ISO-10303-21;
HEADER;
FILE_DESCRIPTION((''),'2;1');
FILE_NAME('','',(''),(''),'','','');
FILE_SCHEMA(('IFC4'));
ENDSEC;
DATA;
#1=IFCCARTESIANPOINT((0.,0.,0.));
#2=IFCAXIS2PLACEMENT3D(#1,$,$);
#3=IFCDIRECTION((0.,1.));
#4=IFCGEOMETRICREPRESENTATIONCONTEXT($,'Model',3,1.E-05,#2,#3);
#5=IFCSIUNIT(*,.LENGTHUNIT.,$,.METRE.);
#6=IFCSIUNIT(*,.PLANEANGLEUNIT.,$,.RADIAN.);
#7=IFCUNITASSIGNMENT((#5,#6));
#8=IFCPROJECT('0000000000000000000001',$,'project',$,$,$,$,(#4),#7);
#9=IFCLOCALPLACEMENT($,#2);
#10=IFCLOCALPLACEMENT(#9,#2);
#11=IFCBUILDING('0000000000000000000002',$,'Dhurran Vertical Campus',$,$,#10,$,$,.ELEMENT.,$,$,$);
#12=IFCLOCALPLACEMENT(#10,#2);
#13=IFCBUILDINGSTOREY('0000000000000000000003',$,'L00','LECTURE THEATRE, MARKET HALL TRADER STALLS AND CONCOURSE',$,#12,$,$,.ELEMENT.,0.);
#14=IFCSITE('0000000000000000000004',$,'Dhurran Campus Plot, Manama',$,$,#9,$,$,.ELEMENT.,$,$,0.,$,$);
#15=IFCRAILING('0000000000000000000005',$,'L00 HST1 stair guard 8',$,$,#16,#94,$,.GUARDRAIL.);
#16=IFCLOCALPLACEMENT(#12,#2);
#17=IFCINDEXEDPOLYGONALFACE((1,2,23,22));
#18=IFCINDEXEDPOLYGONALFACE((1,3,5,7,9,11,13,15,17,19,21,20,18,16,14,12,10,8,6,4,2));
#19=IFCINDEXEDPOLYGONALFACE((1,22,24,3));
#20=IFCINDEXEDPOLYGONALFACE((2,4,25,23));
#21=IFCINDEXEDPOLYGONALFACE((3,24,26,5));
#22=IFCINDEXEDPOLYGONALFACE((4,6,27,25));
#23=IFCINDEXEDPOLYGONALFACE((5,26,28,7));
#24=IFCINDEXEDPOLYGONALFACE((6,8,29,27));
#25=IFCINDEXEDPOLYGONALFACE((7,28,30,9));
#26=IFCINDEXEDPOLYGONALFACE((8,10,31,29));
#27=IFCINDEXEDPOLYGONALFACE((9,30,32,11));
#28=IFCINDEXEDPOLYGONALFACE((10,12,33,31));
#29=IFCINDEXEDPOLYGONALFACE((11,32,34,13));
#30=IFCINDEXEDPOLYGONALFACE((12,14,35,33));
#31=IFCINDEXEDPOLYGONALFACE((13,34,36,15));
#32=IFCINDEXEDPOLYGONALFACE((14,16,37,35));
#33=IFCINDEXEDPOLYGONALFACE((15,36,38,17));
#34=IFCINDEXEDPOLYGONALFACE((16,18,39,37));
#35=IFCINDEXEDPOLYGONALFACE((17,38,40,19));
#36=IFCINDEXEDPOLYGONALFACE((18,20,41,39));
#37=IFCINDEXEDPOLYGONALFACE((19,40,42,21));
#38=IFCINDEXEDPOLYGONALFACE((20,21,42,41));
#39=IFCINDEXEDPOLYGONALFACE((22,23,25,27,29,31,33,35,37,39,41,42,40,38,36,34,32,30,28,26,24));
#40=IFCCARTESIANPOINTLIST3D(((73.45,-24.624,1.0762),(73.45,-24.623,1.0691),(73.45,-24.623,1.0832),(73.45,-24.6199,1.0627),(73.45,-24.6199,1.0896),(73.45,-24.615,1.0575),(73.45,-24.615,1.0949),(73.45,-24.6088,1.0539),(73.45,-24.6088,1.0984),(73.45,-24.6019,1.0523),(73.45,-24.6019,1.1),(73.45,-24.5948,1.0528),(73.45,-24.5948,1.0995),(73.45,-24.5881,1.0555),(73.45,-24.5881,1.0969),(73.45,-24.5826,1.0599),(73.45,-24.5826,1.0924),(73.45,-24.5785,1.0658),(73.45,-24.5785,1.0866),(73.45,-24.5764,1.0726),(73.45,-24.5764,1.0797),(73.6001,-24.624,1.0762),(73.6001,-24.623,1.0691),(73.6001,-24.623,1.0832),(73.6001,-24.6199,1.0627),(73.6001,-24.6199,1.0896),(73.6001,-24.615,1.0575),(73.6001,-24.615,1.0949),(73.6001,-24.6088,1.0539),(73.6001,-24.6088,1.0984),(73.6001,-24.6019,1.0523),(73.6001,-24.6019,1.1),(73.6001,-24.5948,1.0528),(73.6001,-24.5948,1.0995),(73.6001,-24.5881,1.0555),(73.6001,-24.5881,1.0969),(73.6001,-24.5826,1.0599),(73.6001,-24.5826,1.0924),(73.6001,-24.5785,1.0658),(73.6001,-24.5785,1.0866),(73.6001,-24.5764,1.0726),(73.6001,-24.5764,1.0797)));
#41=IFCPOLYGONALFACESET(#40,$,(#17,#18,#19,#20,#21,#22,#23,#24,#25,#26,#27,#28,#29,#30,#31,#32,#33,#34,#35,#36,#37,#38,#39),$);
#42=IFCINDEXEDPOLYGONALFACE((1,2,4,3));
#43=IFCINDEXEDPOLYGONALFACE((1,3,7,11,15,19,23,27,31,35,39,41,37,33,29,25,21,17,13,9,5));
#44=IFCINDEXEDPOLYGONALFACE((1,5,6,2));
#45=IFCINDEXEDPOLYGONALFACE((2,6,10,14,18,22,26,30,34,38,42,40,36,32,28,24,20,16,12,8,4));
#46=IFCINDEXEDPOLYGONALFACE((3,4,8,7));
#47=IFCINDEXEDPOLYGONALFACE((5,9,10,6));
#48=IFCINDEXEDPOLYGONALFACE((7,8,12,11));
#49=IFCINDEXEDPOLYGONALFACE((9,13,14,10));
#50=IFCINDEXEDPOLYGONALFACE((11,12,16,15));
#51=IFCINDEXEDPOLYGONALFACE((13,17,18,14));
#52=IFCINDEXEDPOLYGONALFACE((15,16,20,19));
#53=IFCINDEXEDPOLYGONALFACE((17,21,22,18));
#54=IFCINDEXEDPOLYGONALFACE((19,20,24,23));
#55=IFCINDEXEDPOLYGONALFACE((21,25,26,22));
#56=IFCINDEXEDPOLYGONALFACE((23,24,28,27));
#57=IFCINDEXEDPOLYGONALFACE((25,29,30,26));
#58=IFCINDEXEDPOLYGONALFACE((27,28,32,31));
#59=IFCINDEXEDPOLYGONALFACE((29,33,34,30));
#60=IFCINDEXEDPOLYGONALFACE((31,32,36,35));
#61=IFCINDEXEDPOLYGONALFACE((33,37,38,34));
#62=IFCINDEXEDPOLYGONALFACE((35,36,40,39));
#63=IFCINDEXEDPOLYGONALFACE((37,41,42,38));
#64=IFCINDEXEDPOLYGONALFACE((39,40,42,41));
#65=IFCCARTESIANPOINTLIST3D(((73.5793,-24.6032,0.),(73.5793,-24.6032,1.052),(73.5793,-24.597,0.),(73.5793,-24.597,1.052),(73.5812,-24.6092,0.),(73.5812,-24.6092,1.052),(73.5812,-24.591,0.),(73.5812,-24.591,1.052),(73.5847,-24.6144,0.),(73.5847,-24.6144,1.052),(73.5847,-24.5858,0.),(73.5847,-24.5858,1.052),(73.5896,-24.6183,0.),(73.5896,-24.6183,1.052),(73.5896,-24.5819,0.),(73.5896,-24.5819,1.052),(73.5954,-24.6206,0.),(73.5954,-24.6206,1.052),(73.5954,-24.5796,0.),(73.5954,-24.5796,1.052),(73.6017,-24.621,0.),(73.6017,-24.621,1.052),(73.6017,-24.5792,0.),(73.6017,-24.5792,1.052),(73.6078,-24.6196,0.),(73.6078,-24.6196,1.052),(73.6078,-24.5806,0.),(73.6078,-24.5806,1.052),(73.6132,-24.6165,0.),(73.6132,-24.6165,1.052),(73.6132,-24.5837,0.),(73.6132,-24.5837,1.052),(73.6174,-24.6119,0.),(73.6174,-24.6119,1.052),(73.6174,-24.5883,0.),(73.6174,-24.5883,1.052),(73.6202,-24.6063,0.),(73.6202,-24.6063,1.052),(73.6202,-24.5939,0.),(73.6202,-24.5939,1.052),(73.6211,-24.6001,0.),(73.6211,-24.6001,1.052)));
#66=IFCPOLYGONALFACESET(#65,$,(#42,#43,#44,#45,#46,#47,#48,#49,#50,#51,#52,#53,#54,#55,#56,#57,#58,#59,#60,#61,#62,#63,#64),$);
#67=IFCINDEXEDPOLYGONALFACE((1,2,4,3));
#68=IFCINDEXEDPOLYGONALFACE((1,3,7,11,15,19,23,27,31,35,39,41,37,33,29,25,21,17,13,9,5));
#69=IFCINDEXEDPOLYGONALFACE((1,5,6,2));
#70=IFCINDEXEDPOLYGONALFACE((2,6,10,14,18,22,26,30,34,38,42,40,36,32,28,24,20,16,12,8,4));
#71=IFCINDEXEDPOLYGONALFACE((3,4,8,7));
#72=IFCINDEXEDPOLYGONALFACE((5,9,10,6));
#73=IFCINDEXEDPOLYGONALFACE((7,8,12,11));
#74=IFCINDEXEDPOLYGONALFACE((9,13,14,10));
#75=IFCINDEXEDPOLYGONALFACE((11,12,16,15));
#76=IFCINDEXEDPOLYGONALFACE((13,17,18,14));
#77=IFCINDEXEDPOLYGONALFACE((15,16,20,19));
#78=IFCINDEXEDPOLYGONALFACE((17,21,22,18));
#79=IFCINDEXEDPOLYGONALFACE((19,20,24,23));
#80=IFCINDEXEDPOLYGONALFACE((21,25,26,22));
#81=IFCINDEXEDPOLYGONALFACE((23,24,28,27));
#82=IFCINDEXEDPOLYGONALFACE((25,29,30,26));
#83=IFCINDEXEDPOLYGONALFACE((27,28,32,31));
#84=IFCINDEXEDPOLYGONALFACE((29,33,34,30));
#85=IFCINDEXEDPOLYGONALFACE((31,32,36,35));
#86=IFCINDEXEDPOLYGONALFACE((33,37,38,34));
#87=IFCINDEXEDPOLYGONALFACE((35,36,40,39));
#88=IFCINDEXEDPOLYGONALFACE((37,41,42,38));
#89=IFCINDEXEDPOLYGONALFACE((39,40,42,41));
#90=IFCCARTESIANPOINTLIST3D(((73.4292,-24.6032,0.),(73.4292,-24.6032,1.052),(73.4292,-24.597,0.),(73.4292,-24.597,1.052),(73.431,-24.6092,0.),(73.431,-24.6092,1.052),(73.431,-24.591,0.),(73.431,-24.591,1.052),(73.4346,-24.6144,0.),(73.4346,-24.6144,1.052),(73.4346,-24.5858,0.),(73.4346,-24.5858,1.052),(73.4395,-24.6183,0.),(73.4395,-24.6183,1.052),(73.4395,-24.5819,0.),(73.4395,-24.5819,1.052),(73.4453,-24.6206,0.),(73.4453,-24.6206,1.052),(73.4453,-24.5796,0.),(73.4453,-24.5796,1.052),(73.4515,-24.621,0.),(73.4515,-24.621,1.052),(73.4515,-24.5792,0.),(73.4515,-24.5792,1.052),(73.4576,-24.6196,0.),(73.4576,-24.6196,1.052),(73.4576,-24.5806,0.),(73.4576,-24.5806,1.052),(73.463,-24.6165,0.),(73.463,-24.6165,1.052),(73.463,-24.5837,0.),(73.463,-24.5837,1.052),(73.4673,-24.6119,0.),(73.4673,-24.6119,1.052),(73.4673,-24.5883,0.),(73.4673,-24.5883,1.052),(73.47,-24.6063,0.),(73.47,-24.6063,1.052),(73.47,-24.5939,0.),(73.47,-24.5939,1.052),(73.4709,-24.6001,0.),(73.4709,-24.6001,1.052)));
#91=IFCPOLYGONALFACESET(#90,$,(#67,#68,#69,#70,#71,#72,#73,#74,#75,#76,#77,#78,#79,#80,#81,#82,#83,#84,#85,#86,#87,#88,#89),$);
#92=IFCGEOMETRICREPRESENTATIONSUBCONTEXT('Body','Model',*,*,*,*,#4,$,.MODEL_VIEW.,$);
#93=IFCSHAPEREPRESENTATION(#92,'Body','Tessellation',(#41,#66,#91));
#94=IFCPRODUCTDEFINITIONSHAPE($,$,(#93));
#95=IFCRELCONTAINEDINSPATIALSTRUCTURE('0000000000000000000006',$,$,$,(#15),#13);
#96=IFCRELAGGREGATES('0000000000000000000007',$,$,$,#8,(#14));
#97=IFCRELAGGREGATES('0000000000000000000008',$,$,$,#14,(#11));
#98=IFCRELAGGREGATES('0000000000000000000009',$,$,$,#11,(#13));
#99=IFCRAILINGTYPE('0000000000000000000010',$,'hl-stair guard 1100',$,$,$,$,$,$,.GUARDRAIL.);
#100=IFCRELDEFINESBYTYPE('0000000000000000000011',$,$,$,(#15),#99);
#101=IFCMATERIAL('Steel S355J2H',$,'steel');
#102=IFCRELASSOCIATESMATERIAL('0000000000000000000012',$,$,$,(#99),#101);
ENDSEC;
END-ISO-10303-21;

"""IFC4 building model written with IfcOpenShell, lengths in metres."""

from ifc_helpers import new_model, si_unit, direction, frame, origin, origin_2d, place, context, subcontext, project, spatial, circle, extrude, material, type_object, element, save


model = new_model("IFC4")

# Units and contexts
model_context = context("Model", 3, precision=1e-05, world=origin(), true_north=direction((0.0, 1.0)))
body_context = subcontext(model_context, "Body", "Model", "MODEL_VIEW")
ifc_project = project(units=[si_unit("LENGTHUNIT", "METRE"), si_unit("PLANEANGLEUNIT", "RADIAN")], contexts=[model_context])

# Site, building, storey
site_placement = place(None, origin())
site = spatial("IfcSite", under=ifc_project, at=site_placement, Name="Dhurran Campus Plot, Manama", CompositionType="ELEMENT", RefElevation=0.0)
building_placement = place(site_placement, origin())
building = spatial("IfcBuilding", under=site, at=building_placement, Name="Dhurran Vertical Campus", CompositionType="ELEMENT")
storey_placement = place(building_placement, origin())
storey = spatial("IfcBuildingStorey", under=building, at=storey_placement, Name="L00", Description="LECTURE THEATRE, MARKET HALL TRADER STALLS AND CONCOURSE", CompositionType="ELEMENT", Elevation=0.0)

# Railing
ifc_material_1 = material(Name="Steel S355J2H", Category="steel")
railing_type_1 = type_object("IfcRailingType", Name="hl-stair guard 1100", PredefinedType="GUARDRAIL", material=ifc_material_1)
railing_1_placement = place(storey_placement, frame((73.6001, -24.6001, 0.0)))
element("IfcRailing", 1, at=railing_1_placement, inside=storey, type_object=railing_type_1, Name="L00 HST1 stair guard 8", PredefinedType="GUARDRAIL", context=body_context, shape_type="SweptSolid", body=[
    extrude(circle(Radius=0.0239, at=origin_2d()), frame((0.0, 0.0, 1.0762), z_axis=(-1.0, 0.0, 0.0), x_axis=(0.0, -1.0, 0.0)), (0.0, 0.0, 1.0), 0.1501),
    extrude(circle(Radius=0.021, at=origin_2d()), origin(), (0.0, 0.0, 1.0), 1.052),
    extrude(circle(Radius=0.021, at=origin_2d()), frame((-0.1501, 0.0, 0.0)), (0.0, 0.0, 1.0), 1.052),
])

save(model, "model.ifc")
